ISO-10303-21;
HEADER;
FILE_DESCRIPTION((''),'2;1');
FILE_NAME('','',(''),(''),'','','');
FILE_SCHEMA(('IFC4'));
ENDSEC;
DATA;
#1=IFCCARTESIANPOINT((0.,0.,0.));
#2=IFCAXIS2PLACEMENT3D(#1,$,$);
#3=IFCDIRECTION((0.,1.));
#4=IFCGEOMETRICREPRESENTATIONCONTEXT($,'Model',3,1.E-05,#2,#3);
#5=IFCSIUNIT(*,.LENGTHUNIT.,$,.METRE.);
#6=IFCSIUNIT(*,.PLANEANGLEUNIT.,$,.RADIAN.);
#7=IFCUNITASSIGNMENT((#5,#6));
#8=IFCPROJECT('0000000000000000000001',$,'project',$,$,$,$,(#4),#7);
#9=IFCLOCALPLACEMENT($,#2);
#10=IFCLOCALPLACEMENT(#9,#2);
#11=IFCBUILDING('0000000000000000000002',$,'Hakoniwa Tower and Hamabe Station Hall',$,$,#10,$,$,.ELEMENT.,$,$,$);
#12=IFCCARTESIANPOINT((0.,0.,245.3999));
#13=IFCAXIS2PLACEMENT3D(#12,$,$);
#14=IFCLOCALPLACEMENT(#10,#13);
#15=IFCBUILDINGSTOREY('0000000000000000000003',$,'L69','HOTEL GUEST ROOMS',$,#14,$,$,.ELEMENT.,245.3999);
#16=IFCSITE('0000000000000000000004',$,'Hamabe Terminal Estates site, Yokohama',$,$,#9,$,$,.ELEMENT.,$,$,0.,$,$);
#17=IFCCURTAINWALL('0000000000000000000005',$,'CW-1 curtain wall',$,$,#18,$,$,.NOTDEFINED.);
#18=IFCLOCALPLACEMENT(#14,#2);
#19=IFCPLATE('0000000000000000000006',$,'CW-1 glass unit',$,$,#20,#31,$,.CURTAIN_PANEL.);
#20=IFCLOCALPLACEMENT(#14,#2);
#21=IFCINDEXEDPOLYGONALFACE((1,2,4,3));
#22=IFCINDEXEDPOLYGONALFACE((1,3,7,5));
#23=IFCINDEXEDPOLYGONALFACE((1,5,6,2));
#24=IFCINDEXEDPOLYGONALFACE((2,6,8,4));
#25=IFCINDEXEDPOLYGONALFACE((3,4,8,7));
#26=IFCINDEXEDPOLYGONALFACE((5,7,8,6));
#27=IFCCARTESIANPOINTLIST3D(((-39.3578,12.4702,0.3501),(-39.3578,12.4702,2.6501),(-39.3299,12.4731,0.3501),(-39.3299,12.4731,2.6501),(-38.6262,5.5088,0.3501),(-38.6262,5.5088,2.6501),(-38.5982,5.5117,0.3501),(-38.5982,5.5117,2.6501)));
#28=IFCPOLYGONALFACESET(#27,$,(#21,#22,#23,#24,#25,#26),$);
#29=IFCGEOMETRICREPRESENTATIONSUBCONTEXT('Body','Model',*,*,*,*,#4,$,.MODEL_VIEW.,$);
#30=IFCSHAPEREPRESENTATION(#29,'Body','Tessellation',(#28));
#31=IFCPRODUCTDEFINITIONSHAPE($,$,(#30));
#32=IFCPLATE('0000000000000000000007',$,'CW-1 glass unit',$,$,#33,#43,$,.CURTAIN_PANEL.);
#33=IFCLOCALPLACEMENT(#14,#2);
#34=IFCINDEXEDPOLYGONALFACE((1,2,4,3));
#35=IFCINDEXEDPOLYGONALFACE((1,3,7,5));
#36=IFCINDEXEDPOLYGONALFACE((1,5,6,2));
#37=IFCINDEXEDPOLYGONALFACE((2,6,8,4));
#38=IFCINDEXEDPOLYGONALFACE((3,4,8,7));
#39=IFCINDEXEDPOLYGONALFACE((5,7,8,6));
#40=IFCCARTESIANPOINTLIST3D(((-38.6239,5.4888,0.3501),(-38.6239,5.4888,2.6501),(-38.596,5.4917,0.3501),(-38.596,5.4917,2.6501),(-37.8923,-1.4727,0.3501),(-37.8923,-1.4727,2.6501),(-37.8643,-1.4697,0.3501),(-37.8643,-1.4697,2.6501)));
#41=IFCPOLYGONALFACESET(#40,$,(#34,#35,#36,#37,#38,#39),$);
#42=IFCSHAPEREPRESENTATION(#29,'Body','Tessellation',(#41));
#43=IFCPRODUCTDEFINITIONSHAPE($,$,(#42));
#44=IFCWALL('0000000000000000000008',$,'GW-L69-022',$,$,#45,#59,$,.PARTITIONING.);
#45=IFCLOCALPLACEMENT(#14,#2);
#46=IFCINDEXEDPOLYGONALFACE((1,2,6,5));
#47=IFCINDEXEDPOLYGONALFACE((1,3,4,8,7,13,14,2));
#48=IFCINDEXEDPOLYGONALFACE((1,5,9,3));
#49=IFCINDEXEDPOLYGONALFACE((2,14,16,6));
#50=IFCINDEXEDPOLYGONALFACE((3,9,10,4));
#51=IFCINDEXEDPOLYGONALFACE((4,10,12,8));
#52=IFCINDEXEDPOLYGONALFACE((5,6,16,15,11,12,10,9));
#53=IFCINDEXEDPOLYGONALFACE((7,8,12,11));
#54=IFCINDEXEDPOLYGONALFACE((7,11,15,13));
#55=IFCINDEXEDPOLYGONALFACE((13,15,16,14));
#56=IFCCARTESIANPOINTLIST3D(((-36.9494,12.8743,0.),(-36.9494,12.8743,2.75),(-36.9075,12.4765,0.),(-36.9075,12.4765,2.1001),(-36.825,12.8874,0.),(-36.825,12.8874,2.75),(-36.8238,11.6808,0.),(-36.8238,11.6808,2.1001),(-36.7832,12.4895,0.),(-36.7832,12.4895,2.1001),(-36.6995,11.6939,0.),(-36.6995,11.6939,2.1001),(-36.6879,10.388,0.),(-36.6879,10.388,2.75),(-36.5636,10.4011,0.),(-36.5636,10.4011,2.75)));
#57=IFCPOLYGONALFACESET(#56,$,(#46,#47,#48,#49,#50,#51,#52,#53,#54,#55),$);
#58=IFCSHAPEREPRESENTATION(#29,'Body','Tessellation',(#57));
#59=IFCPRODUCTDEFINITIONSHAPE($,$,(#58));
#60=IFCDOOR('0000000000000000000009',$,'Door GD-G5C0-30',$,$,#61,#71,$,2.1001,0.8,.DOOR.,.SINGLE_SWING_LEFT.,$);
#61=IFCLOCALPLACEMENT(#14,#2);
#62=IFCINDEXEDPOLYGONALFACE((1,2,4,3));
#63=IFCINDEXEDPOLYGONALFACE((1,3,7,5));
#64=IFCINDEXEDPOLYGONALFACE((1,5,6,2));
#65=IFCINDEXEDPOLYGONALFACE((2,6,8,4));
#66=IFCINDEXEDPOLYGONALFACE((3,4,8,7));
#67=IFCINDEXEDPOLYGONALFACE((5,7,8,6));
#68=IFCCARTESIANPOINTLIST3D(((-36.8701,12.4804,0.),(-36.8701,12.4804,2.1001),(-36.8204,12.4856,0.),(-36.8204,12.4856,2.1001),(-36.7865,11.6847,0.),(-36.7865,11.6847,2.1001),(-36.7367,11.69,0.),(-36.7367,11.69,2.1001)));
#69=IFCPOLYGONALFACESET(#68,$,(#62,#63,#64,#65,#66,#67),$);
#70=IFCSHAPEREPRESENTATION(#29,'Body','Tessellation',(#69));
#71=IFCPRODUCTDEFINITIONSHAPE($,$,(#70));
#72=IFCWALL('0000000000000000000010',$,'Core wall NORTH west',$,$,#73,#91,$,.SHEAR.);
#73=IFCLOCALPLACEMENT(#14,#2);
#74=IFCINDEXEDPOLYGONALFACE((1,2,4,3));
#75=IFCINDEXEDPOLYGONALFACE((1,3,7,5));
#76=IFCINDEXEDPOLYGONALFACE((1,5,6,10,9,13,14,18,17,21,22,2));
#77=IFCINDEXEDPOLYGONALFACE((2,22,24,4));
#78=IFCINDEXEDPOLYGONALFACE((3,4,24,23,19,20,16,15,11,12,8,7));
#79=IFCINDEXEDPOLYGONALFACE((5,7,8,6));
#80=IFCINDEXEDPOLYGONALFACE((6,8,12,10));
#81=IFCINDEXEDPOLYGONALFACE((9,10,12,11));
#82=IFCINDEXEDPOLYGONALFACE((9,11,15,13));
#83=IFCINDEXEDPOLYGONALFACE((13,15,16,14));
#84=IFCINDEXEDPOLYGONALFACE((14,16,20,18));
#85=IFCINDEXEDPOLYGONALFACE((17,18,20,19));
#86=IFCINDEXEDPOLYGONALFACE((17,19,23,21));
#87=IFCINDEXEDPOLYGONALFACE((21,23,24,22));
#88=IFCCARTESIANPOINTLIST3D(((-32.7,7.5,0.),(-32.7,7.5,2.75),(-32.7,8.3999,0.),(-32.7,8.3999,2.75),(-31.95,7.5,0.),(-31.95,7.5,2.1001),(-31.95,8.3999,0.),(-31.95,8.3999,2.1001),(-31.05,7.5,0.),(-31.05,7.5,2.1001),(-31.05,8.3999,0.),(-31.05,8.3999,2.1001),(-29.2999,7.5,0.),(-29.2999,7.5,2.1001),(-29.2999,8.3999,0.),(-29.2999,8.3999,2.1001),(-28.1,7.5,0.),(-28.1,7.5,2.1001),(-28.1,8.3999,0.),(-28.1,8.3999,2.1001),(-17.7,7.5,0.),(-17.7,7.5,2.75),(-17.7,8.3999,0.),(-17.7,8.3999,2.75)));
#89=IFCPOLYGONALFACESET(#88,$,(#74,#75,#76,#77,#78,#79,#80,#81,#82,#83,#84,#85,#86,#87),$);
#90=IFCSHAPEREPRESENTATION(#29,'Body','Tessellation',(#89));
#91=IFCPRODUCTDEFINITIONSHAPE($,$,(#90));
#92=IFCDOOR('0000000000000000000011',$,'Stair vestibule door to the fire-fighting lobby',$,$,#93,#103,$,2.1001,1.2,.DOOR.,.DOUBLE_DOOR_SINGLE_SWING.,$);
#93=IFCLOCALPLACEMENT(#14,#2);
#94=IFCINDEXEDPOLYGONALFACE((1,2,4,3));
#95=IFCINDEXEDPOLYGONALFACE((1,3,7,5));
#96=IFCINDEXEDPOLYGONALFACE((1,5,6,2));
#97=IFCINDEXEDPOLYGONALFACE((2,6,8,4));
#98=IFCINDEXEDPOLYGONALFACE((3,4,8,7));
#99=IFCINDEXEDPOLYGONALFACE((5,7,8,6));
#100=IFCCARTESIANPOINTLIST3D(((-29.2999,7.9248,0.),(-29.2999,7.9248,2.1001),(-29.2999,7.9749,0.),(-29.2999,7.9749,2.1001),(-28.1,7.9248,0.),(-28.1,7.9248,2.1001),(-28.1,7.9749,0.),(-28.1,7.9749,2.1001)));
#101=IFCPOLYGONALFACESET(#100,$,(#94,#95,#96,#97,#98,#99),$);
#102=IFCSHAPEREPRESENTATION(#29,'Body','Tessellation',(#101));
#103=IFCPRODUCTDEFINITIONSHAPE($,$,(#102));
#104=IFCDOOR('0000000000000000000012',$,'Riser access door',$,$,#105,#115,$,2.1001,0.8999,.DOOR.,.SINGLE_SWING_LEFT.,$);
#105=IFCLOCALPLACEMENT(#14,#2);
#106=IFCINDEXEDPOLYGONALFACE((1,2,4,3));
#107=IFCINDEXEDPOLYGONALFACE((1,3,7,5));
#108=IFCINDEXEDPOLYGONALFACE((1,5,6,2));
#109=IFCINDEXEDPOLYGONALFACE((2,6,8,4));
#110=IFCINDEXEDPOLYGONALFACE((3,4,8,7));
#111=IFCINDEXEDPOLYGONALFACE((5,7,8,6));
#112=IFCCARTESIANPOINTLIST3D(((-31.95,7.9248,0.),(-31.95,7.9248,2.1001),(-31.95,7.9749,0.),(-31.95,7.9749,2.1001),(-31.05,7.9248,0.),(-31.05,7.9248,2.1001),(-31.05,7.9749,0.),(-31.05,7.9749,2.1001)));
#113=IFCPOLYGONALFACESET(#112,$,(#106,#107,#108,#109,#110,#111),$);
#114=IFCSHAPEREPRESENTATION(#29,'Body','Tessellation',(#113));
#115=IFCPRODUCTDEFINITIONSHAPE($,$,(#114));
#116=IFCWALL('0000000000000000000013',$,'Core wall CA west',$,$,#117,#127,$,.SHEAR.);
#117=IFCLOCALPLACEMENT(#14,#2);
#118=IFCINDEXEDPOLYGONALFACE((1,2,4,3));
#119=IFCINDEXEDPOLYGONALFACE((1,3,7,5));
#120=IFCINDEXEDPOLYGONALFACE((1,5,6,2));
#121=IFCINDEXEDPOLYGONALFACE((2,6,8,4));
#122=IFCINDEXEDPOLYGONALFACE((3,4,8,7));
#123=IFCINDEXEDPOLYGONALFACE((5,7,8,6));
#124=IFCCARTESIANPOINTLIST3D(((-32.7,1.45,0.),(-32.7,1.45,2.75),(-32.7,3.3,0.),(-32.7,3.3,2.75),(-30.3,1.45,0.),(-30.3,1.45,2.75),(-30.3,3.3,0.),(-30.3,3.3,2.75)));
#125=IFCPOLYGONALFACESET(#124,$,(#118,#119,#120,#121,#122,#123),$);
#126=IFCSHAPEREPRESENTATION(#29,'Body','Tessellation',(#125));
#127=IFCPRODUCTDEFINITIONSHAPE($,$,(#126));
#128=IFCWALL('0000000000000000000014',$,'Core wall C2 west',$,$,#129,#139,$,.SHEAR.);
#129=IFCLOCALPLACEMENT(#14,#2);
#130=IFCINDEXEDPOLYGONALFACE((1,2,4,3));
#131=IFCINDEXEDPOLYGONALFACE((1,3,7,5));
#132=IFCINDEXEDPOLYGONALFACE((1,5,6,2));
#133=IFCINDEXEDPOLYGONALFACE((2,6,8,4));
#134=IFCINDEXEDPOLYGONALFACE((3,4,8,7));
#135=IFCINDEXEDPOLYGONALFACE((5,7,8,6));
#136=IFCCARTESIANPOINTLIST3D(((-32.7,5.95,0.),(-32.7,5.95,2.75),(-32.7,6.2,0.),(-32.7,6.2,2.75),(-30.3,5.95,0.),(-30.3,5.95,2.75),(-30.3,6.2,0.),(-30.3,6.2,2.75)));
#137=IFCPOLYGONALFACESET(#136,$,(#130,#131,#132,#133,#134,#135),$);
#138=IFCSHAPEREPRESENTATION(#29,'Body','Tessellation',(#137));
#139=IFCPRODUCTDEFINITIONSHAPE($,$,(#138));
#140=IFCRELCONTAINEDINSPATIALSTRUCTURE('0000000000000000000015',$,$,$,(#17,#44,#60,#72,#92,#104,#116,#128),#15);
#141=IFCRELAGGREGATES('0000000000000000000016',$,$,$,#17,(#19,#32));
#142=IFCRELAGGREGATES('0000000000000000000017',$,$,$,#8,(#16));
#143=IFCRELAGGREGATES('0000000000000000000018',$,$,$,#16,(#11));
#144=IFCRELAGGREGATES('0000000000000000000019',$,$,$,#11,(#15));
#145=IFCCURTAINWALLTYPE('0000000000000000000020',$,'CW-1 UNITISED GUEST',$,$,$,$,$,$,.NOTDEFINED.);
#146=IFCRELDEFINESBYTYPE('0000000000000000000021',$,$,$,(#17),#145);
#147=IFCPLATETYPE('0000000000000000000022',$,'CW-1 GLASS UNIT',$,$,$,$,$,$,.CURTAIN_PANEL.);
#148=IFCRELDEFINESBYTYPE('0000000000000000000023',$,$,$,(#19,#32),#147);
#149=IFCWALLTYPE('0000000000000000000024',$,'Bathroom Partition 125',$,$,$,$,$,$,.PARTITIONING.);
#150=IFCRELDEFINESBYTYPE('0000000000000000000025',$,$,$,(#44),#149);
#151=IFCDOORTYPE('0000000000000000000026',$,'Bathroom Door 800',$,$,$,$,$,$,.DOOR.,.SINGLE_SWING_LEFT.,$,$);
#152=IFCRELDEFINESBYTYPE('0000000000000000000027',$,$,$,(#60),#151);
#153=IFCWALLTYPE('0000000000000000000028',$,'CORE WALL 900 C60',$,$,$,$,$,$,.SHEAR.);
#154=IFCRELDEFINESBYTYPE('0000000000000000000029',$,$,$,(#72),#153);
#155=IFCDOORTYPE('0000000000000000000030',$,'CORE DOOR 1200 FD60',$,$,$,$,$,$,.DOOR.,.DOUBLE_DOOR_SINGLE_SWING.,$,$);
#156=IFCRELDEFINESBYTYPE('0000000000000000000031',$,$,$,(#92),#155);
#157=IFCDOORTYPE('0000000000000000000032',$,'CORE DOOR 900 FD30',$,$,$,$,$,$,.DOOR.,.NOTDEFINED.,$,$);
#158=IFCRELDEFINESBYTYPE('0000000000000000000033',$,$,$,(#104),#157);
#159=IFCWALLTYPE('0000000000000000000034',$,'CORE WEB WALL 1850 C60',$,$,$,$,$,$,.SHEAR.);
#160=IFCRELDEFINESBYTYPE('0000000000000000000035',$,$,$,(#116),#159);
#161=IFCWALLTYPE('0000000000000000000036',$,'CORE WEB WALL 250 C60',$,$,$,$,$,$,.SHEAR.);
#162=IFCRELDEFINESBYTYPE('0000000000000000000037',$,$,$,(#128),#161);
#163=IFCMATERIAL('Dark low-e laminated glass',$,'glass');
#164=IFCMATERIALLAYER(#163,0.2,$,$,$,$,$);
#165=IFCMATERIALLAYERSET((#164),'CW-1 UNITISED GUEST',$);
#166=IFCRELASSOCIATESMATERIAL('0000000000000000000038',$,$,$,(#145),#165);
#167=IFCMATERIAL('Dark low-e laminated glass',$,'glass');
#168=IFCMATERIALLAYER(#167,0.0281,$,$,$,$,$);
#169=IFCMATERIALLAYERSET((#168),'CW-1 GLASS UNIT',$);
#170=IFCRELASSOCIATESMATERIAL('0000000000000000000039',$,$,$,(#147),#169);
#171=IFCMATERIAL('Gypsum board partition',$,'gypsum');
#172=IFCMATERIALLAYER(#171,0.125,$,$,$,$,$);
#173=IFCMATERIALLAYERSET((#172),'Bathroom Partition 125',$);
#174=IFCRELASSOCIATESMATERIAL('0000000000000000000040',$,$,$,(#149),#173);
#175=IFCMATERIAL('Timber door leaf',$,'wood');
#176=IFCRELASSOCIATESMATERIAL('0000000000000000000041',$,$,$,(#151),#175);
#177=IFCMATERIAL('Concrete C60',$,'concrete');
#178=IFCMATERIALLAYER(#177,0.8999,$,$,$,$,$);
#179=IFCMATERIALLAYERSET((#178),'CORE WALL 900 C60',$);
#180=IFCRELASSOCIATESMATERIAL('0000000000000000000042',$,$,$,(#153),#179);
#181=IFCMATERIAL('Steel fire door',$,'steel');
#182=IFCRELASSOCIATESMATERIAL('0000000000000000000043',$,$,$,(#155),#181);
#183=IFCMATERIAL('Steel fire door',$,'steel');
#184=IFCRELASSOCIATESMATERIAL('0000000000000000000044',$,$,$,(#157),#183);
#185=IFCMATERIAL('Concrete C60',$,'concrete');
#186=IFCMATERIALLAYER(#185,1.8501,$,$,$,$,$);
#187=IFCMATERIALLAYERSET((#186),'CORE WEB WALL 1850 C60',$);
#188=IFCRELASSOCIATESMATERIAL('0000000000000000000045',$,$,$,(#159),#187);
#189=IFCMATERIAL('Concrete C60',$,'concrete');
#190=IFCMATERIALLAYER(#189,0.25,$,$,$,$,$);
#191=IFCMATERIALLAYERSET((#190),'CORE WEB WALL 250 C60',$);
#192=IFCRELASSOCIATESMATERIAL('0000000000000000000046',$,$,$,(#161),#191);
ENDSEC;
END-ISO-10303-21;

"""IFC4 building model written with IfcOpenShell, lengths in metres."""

from ifc_helpers import new_model, si_unit, direction, frame, frame_2d, origin, origin_2d, place, context, subcontext, project, spatial, rectangle, extrude, material, layer, layer_set, type_object, element, fill, aggregate, save


model = new_model("IFC4")

# Units and contexts
model_context = context("Model", 3, precision=1e-05, world=origin(), true_north=direction((0.0, 1.0)))
body_context = subcontext(model_context, "Body", "Model", "MODEL_VIEW")
ifc_project = project(units=[si_unit("LENGTHUNIT", "METRE"), si_unit("PLANEANGLEUNIT", "RADIAN")], contexts=[model_context])

# Site, building, storey
site_placement = place(None, origin())
site = spatial("IfcSite", under=ifc_project, at=site_placement, Name="Hamabe Terminal Estates site, Yokohama", CompositionType="ELEMENT", RefElevation=0.0)
building_placement = place(site_placement, origin())
building = spatial("IfcBuilding", under=site, at=building_placement, Name="Hakoniwa Tower and Hamabe Station Hall", CompositionType="ELEMENT")
storey_placement = place(building_placement, frame((0.0, 0.0, 245.3999)))
storey = spatial("IfcBuildingStorey", under=building, at=storey_placement, Name="L69", Description="HOTEL GUEST ROOMS", CompositionType="ELEMENT", Elevation=245.3999)

# Curtain wall, plates
ifc_material_1 = material(Name="Dark low-e laminated glass", Category="glass")
ifc_layer_1 = layer(ifc_material_1, 0.2)
ifc_layer_set_1 = layer_set([ifc_layer_1], Name="CW-1 UNITISED GUEST")
curtain_wall_type = type_object("IfcCurtainWallType", Name="CW-1 UNITISED GUEST", PredefinedType="NOTDEFINED", material=ifc_layer_set_1)
curtain_wall_placement = place(storey_placement, origin())
curtain_wall = element("IfcCurtainWall", 1, at=curtain_wall_placement, inside=storey, type_object=curtain_wall_type, Name="CW-1 curtain wall", PredefinedType="NOTDEFINED")
ifc_material_2 = material(Name="Dark low-e laminated glass", Category="glass")
ifc_layer_2 = layer(ifc_material_2, 0.0281)
ifc_layer_set_2 = layer_set([ifc_layer_2], Name="CW-1 GLASS UNIT")
plate_type = type_object("IfcPlateType", Name="CW-1 GLASS UNIT", PredefinedType="CURTAIN_PANEL", material=ifc_layer_set_2)
plate_1_placement = place(storey_placement, frame((-38.978, 8.991, 0.3501), z_axis=(0.0, 0.0, 1.0), x_axis=(0.104528, -0.994522, 0.0)))
plate_1 = element("IfcPlate", 2, at=plate_1_placement, type_object=plate_type, Name="CW-1 glass unit", PredefinedType="CURTAIN_PANEL", context=body_context, shape_type="SweptSolid", body=[
    extrude(rectangle(XDim=6.9998, YDim=0.0281, at=origin_2d()), origin(), (0.0, 0.0, 1.0), 2.3),
])
plate_2_placement = place(storey_placement, frame((-38.2441, 2.0095, 0.3501), z_axis=(0.0, 0.0, 1.0), x_axis=(0.104528, -0.994522, 0.0)))
plate_2 = element("IfcPlate", 3, at=plate_2_placement, type_object=plate_type, Name="CW-1 glass unit", PredefinedType="CURTAIN_PANEL", context=body_context, shape_type="SweptSolid", body=[
    extrude(rectangle(XDim=6.9998, YDim=0.0281, at=origin_2d()), origin(), (0.0, 0.0, 1.0), 2.3),
])
aggregate(curtain_wall, [plate_1, plate_2])

# Wall, opening, door
ifc_material_3 = material(Name="Gypsum board partition", Category="gypsum")
ifc_layer_3 = layer(ifc_material_3, 0.125)
ifc_layer_set_3 = layer_set([ifc_layer_3], Name="Bathroom Partition 125")
wall_type_1 = type_object("IfcWallType", Name="Bathroom Partition 125", PredefinedType="PARTITIONING", material=ifc_layer_set_3)
wall_1_placement = place(storey_placement, frame((-36.6257, 10.3945, 0.0), z_axis=(0.0, 0.0, 1.0), x_axis=(-0.104588, 0.994516, 0.0)))
wall_1 = element("IfcWall", 4, at=wall_1_placement, inside=storey, type_object=wall_type_1, Name="GW-L69-022", PredefinedType="PARTITIONING", context=body_context, shape_type="SweptSolid", body=[
    extrude(rectangle(XDim=2.5, YDim=0.125, at=frame_2d((1.25, 0.0))), origin(), (0.0, 0.0, 1.0), 2.75),
])
opening_1_placement = place(wall_1_placement, frame((1.3, 0.0, 0.0)))
opening_1 = element("IfcOpeningElement", 5, at=opening_1_placement, cuts=wall_1, PredefinedType="OPENING", context=body_context, shape_type="SweptSolid", body=[
    extrude(rectangle(XDim=0.8, YDim=2.1001, at=frame_2d((0.3999, 1.05))), frame((0.0, 0.0725, 0.0), z_axis=(0.0, -1.0, 0.0), x_axis=(1.0, 0.0, 0.0)), (0.0, 0.0, 1.0), 0.145),
])
ifc_material_4 = material(Name="Timber door leaf", Category="wood")
door_type_1 = type_object("IfcDoorType", Name="Bathroom Door 800", OperationType="SINGLE_SWING_LEFT", PredefinedType="DOOR", material=ifc_material_4)
door_1_placement = place(opening_1_placement, origin())
door_1 = element("IfcDoor", 6, at=door_1_placement, inside=storey, type_object=door_type_1, Name="Door GD-G5C0-30", OperationType="SINGLE_SWING_LEFT", OverallHeight=2.1001, OverallWidth=0.8, PredefinedType="DOOR", context=body_context, shape_type="SweptSolid", body=[
    extrude(rectangle(XDim=0.8, YDim=2.1001, at=frame_2d((0.3999, 1.05))), frame((0.0, 0.0249, 0.0), z_axis=(0.0, -1.0, 0.0), x_axis=(1.0, 0.0, 0.0)), (0.0, 0.0, 1.0), 0.05),
])
fill(opening_1, door_1)

# Wall, openings, doors
ifc_material_5 = material(Name="Concrete C60", Category="concrete")
ifc_layer_4 = layer(ifc_material_5, 0.8999)
ifc_layer_set_4 = layer_set([ifc_layer_4], Name="CORE WALL 900 C60")
wall_type_2 = type_object("IfcWallType", Name="CORE WALL 900 C60", PredefinedType="SHEAR", material=ifc_layer_set_4)
wall_2_placement = place(storey_placement, frame((-32.7, 7.95, 0.0), z_axis=(0.0, 0.0, 1.0), x_axis=(1.0, 0.0, 0.0)))
wall_2 = element("IfcWall", 7, at=wall_2_placement, inside=storey, type_object=wall_type_2, Name="Core wall NORTH west", PredefinedType="SHEAR", context=body_context, shape_type="SweptSolid", body=[
    extrude(rectangle(XDim=15.0, YDim=0.8999, at=frame_2d((7.5, 0.0))), origin(), (0.0, 0.0, 1.0), 2.75),
])
opening_2_placement = place(wall_2_placement, frame((3.3999, 0.0, 0.0)))
opening_2 = element("IfcOpeningElement", 8, at=opening_2_placement, cuts=wall_2, PredefinedType="OPENING", context=body_context, shape_type="SweptSolid", body=[
    extrude(rectangle(XDim=1.2, YDim=2.1001, at=frame_2d((0.6001, 1.05))), frame((0.0, 0.46, 0.0), z_axis=(0.0, -1.0, 0.0), x_axis=(1.0, 0.0, 0.0)), (0.0, 0.0, 1.0), 0.9199),
])
opening_3_placement = place(wall_2_placement, frame((0.75, 0.0, 0.0)))
opening_3 = element("IfcOpeningElement", 9, at=opening_3_placement, cuts=wall_2, PredefinedType="OPENING", context=body_context, shape_type="SweptSolid", body=[
    extrude(rectangle(XDim=0.8999, YDim=2.1001, at=frame_2d((0.45, 1.05))), frame((0.0, 0.46, 0.0), z_axis=(0.0, -1.0, 0.0), x_axis=(1.0, 0.0, 0.0)), (0.0, 0.0, 1.0), 0.9199),
])
ifc_material_6 = material(Name="Steel fire door", Category="steel")
door_type_2 = type_object("IfcDoorType", Name="CORE DOOR 1200 FD60", OperationType="DOUBLE_DOOR_SINGLE_SWING", PredefinedType="DOOR", material=ifc_material_6)
door_2_placement = place(opening_2_placement, origin())
door_2 = element("IfcDoor", 10, at=door_2_placement, inside=storey, type_object=door_type_2, Name="Stair vestibule door to the fire-fighting lobby", OperationType="DOUBLE_DOOR_SINGLE_SWING", OverallHeight=2.1001, OverallWidth=1.2, PredefinedType="DOOR", context=body_context, shape_type="SweptSolid", body=[
    extrude(rectangle(XDim=1.2, YDim=2.1001, at=frame_2d((0.6001, 1.05))), frame((0.0, 0.0249, 0.0), z_axis=(0.0, -1.0, 0.0), x_axis=(1.0, 0.0, 0.0)), (0.0, 0.0, 1.0), 0.05),
])
fill(opening_2, door_2)
ifc_material_7 = material(Name="Steel fire door", Category="steel")
door_type_3 = type_object("IfcDoorType", Name="CORE DOOR 900 FD30", OperationType="NOTDEFINED", PredefinedType="DOOR", material=ifc_material_7)
door_3_placement = place(opening_3_placement, origin())
door_3 = element("IfcDoor", 11, at=door_3_placement, inside=storey, type_object=door_type_3, Name="Riser access door", OperationType="SINGLE_SWING_LEFT", OverallHeight=2.1001, OverallWidth=0.8999, PredefinedType="DOOR", context=body_context, shape_type="SweptSolid", body=[
    extrude(rectangle(XDim=0.8999, YDim=2.1001, at=frame_2d((0.45, 1.05))), frame((0.0, 0.0249, 0.0), z_axis=(0.0, -1.0, 0.0), x_axis=(1.0, 0.0, 0.0)), (0.0, 0.0, 1.0), 0.05),
])
fill(opening_3, door_3)

# Walls
ifc_material_8 = material(Name="Concrete C60", Category="concrete")
ifc_layer_5 = layer(ifc_material_8, 1.8501)
ifc_layer_set_5 = layer_set([ifc_layer_5], Name="CORE WEB WALL 1850 C60")
wall_type_3 = type_object("IfcWallType", Name="CORE WEB WALL 1850 C60", PredefinedType="SHEAR", material=ifc_layer_set_5)
wall_3_placement = place(storey_placement, frame((-32.7, 2.375, 0.0), z_axis=(0.0, 0.0, 1.0), x_axis=(1.0, 0.0, 0.0)))
element("IfcWall", 12, at=wall_3_placement, inside=storey, type_object=wall_type_3, Name="Core wall CA west", PredefinedType="SHEAR", context=body_context, shape_type="SweptSolid", body=[
    extrude(rectangle(XDim=2.3999, YDim=1.8501, at=frame_2d((1.2, 0.0))), origin(), (0.0, 0.0, 1.0), 2.75),
])
ifc_material_9 = material(Name="Concrete C60", Category="concrete")
ifc_layer_6 = layer(ifc_material_9, 0.25)
ifc_layer_set_6 = layer_set([ifc_layer_6], Name="CORE WEB WALL 250 C60")
wall_type_4 = type_object("IfcWallType", Name="CORE WEB WALL 250 C60", PredefinedType="SHEAR", material=ifc_layer_set_6)
wall_4_placement = place(storey_placement, frame((-32.7, 6.075, 0.0), z_axis=(0.0, 0.0, 1.0), x_axis=(1.0, 0.0, 0.0)))
element("IfcWall", 13, at=wall_4_placement, inside=storey, type_object=wall_type_4, Name="Core wall C2 west", PredefinedType="SHEAR", context=body_context, shape_type="SweptSolid", body=[
    extrude(rectangle(XDim=2.3999, YDim=0.25, at=frame_2d((1.2, 0.0))), origin(), (0.0, 0.0, 1.0), 2.75),
])

save(model, "model.ifc")
